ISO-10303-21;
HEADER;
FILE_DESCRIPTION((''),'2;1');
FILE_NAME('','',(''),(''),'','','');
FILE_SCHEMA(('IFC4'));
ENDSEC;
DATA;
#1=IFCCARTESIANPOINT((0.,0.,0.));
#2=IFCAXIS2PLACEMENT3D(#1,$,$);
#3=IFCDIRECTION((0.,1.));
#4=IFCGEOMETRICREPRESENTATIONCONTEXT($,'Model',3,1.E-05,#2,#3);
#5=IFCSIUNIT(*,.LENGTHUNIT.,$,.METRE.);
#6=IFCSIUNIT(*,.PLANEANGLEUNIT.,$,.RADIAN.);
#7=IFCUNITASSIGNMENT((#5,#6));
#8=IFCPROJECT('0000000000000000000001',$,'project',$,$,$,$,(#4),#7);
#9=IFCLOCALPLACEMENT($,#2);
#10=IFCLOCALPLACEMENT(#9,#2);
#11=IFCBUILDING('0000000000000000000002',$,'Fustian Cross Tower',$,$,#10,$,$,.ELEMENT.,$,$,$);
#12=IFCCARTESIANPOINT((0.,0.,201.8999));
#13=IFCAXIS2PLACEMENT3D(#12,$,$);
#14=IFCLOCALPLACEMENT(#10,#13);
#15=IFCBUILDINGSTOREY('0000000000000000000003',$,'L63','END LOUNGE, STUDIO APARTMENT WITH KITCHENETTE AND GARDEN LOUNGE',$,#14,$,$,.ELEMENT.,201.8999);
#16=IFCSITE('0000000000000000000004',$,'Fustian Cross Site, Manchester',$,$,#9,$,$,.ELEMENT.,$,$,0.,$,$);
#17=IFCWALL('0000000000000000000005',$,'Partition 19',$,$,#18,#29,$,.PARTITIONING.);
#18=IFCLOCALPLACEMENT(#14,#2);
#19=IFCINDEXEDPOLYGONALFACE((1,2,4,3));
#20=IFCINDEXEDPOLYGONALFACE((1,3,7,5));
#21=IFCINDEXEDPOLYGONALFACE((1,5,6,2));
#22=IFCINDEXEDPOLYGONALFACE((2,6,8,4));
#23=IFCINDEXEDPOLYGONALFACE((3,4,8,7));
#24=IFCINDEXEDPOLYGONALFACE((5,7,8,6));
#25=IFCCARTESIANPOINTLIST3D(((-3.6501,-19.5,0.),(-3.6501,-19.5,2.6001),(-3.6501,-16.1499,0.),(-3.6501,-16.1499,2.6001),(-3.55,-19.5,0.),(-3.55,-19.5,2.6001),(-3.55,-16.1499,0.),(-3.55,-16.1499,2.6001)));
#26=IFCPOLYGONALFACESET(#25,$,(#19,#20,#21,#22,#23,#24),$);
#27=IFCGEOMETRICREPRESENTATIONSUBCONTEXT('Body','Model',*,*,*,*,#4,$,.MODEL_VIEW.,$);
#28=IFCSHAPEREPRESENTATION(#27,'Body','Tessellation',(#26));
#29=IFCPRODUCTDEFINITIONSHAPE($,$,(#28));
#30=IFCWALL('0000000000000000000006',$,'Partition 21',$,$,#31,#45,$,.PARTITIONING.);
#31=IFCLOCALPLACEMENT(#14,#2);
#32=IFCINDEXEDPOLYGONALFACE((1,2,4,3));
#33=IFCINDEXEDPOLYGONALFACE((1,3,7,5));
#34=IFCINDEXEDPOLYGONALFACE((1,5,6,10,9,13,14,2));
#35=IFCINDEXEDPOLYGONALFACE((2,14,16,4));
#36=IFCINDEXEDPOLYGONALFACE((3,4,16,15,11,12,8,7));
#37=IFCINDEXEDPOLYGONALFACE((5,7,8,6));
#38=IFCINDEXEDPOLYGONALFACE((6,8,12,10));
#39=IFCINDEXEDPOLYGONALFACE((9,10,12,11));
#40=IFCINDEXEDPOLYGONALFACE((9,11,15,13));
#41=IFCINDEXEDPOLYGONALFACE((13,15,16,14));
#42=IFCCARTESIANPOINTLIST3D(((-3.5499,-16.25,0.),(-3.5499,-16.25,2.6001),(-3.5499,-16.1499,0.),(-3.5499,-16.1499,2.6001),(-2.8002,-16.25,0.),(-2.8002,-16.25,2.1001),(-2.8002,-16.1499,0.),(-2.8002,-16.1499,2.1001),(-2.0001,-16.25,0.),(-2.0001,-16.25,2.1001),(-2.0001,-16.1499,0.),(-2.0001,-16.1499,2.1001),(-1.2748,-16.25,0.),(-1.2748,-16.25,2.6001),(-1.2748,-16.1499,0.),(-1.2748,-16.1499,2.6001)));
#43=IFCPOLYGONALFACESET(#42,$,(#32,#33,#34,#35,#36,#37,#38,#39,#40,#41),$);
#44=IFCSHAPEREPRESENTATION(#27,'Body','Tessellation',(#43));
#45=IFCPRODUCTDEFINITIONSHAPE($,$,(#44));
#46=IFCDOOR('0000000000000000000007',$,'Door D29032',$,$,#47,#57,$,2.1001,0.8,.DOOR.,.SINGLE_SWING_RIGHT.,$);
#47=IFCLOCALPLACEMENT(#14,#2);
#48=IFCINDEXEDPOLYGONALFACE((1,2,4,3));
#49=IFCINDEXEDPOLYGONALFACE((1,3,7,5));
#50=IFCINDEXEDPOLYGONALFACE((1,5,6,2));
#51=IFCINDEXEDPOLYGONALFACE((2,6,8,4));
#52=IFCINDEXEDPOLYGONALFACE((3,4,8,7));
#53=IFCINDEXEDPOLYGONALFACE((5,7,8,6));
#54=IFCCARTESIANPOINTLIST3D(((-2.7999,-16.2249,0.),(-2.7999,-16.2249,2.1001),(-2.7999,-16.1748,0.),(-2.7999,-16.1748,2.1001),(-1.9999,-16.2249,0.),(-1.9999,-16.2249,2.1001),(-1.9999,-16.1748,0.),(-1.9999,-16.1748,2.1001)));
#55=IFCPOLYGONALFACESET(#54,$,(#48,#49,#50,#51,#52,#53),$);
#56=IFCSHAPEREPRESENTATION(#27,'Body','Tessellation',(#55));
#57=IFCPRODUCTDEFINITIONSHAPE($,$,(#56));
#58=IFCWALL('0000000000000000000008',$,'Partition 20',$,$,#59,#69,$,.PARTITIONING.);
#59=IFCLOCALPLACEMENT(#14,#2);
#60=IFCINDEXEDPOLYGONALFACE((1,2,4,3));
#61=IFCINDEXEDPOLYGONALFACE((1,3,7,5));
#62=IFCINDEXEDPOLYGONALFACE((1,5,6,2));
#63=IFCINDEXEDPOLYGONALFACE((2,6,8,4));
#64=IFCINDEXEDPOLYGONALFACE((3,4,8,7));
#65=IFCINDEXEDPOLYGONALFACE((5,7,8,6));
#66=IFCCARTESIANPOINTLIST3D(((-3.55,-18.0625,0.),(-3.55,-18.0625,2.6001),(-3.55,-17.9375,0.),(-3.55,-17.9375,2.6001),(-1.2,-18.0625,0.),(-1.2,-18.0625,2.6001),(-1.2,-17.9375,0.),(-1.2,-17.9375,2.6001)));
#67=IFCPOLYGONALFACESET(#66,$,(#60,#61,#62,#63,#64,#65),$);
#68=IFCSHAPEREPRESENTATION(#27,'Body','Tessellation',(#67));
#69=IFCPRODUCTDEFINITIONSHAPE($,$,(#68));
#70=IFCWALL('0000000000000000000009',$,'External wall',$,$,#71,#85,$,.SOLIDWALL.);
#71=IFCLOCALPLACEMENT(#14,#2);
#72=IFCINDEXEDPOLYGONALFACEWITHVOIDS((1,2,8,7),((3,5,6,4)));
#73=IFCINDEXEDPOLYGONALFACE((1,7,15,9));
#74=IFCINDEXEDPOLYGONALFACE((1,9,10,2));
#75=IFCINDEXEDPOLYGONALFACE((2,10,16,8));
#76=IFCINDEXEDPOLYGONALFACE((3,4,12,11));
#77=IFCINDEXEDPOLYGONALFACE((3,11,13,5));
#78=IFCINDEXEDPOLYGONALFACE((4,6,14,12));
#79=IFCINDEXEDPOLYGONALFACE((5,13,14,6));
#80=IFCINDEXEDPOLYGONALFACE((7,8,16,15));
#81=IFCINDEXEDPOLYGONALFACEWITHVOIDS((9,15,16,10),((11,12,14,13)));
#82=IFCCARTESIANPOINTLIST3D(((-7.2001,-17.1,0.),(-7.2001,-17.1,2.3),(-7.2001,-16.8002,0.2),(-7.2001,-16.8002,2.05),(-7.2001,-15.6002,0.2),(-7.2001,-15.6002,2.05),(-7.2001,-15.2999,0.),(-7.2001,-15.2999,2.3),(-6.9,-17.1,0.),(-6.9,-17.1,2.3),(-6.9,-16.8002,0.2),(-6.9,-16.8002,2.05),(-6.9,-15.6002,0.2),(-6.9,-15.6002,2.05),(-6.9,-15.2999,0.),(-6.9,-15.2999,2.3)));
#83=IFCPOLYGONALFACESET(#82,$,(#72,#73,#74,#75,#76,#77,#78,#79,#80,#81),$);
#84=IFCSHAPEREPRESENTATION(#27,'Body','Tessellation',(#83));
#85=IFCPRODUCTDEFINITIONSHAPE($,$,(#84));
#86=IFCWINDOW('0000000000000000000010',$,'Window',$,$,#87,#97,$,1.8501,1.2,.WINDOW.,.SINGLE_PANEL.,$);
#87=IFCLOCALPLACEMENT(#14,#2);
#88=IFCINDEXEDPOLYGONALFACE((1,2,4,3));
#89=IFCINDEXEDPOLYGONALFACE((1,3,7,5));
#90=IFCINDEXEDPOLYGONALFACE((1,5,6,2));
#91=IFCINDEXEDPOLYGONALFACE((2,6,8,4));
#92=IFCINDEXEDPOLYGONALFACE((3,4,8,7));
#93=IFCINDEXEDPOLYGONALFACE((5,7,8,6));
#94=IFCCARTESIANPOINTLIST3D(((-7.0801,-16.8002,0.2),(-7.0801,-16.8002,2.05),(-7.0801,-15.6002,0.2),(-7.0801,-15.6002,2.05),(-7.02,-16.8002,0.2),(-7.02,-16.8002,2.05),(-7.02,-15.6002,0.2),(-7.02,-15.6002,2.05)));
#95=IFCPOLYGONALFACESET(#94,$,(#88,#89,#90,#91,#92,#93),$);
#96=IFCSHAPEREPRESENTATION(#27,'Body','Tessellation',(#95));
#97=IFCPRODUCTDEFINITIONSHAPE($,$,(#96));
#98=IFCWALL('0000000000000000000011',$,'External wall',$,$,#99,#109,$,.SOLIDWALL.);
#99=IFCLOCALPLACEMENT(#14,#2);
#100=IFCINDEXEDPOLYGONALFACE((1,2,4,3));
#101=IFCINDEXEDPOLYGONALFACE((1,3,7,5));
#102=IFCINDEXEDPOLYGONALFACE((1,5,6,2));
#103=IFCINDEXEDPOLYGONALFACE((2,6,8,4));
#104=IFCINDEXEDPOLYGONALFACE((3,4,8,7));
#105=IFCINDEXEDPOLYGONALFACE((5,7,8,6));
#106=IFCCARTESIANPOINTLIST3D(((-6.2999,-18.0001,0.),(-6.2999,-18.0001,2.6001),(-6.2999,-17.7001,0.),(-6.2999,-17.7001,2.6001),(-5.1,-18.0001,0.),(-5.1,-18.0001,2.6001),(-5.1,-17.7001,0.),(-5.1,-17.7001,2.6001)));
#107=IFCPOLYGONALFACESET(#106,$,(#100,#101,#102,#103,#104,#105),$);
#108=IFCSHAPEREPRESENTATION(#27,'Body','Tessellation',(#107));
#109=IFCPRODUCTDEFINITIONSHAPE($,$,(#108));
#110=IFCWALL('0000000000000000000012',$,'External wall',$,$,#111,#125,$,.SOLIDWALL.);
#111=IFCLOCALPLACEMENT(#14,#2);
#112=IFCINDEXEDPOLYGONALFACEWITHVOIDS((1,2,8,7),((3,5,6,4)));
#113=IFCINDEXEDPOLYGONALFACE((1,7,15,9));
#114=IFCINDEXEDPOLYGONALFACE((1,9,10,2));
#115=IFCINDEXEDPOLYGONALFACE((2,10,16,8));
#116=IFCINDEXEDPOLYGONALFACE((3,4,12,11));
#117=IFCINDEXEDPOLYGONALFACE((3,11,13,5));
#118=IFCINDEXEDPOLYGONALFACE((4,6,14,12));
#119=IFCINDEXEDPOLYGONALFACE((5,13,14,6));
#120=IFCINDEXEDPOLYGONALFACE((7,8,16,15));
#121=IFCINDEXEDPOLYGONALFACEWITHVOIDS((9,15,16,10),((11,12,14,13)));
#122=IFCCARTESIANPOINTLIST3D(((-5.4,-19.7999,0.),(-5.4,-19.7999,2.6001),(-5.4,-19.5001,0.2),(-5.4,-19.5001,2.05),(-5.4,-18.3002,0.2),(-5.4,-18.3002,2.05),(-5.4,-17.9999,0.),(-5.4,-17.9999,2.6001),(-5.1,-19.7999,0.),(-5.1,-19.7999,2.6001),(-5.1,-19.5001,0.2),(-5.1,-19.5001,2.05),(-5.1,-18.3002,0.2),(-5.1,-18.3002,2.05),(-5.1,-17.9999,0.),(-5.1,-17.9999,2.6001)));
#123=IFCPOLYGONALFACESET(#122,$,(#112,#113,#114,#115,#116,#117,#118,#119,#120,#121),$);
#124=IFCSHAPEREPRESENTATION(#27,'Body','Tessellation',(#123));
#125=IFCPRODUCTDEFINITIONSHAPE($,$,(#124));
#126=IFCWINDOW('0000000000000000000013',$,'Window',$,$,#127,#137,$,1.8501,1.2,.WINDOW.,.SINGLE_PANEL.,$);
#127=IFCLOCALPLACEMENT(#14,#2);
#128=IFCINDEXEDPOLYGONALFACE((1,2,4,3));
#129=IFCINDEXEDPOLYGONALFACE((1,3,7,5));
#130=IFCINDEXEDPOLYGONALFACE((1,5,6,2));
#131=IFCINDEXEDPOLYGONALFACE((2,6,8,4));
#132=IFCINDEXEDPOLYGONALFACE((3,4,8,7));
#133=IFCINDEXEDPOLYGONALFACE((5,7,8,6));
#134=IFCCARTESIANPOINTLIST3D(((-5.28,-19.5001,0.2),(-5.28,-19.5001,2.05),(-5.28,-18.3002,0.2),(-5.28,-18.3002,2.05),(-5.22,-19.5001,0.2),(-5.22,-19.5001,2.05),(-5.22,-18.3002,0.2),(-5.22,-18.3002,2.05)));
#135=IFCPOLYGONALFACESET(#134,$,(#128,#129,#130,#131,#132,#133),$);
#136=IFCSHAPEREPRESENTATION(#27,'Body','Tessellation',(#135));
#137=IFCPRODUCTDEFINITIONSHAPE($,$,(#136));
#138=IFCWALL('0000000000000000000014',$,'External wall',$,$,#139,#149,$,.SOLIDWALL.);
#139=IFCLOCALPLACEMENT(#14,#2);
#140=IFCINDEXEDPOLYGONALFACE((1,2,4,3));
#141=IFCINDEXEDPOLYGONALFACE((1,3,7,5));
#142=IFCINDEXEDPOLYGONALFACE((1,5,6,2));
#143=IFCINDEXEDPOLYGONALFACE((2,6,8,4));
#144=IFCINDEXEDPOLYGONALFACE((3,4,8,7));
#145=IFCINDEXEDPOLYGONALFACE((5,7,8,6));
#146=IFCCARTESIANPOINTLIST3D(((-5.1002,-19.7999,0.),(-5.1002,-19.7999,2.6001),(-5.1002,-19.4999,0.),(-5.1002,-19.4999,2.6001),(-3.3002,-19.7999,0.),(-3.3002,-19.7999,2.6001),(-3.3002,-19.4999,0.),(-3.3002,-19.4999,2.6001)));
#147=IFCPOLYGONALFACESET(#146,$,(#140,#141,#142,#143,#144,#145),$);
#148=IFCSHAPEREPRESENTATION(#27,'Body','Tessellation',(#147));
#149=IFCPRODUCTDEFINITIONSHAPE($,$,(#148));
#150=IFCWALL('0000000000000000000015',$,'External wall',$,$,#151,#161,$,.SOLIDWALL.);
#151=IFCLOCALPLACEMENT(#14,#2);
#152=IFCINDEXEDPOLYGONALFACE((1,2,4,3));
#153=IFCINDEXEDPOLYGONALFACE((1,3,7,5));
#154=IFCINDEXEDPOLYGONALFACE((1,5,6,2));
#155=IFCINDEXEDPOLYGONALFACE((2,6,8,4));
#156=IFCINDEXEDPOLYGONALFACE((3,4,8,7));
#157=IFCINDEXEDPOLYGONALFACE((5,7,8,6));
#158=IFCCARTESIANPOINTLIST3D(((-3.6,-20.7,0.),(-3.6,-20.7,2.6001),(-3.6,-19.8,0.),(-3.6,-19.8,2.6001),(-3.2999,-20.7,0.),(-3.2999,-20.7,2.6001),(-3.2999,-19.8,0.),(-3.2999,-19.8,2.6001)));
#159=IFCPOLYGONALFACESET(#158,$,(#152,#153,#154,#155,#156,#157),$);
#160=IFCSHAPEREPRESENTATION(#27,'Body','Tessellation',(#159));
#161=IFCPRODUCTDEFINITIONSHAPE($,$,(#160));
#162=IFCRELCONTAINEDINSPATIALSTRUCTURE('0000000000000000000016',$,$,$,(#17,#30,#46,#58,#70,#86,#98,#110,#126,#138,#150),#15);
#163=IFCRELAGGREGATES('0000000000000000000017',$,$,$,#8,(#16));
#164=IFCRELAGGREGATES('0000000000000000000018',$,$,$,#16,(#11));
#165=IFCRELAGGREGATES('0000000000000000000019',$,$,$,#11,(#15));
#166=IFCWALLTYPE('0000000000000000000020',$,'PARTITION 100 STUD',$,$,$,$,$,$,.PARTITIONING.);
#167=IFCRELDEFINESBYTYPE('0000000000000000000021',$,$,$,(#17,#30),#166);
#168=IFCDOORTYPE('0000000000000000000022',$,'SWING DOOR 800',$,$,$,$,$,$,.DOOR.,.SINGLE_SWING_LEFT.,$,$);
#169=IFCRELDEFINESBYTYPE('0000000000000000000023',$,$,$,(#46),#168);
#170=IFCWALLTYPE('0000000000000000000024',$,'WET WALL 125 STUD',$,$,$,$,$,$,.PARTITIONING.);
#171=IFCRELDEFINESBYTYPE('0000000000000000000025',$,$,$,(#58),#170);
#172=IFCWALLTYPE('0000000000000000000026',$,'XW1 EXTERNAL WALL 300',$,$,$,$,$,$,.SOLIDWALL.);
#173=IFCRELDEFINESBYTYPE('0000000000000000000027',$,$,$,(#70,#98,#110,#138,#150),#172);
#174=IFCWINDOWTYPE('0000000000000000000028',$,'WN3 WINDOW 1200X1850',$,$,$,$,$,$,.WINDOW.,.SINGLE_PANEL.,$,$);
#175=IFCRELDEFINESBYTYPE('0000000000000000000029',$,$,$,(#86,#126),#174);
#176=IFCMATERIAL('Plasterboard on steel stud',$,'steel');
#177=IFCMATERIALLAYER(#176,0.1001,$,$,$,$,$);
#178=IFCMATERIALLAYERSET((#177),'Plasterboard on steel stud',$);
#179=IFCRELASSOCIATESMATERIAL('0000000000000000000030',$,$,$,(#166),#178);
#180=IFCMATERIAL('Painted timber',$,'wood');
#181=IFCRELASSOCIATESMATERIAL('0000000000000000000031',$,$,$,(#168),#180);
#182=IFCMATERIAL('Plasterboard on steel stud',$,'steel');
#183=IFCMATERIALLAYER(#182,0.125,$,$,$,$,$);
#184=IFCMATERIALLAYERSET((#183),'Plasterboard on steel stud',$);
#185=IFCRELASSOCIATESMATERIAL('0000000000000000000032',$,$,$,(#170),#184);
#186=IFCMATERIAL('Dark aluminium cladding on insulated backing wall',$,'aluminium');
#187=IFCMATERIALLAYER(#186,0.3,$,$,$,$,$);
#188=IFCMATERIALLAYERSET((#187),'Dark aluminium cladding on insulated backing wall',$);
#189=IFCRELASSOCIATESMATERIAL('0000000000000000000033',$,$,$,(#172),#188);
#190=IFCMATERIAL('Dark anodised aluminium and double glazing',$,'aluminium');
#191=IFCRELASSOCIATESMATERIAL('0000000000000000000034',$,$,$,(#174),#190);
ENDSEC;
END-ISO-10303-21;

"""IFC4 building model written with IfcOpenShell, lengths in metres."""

from ifc_helpers import new_model, si_unit, direction, frame, frame_2d, origin, place, context, subcontext, project, spatial, rectangle, extrude, material, layer, layer_set, type_object, element, fill, save


model = new_model("IFC4")

# Units and contexts
model_context = context("Model", 3, precision=1e-05, world=origin(), true_north=direction((0.0, 1.0)))
body_context = subcontext(model_context, "Body", "Model", "MODEL_VIEW")
ifc_project = project(units=[si_unit("LENGTHUNIT", "METRE"), si_unit("PLANEANGLEUNIT", "RADIAN")], contexts=[model_context])

# Site, building, storey
site_placement = place(None, origin())
site = spatial("IfcSite", under=ifc_project, at=site_placement, Name="Fustian Cross Site, Manchester", CompositionType="ELEMENT", RefElevation=0.0)
building_placement = place(site_placement, origin())
building = spatial("IfcBuilding", under=site, at=building_placement, Name="Fustian Cross Tower", CompositionType="ELEMENT")
storey_placement = place(building_placement, frame((0.0, 0.0, 201.8999)))
storey = spatial("IfcBuildingStorey", under=building, at=storey_placement, Name="L63", Description="END LOUNGE, STUDIO APARTMENT WITH KITCHENETTE AND GARDEN LOUNGE", CompositionType="ELEMENT", Elevation=201.8999)

# Wall
ifc_material_1 = material(Name="Plasterboard on steel stud", Category="steel")
ifc_layer_1 = layer(ifc_material_1, 0.1001)
ifc_layer_set_1 = layer_set([ifc_layer_1], Name="Plasterboard on steel stud")
wall_type_1 = type_object("IfcWallType", Name="PARTITION 100 STUD", PredefinedType="PARTITIONING", material=ifc_layer_set_1)
wall_1_placement = place(storey_placement, frame((-3.6001, -19.5, 0.0), z_axis=(0.0, 0.0, 1.0), x_axis=(0.0, 1.0, 0.0)))
element("IfcWall", 1, at=wall_1_placement, inside=storey, type_object=wall_type_1, Name="Partition 19", PredefinedType="PARTITIONING", context=body_context, shape_type="SweptSolid", body=[
    extrude(rectangle(XDim=3.3501, YDim=0.1001, at=frame_2d((1.675, 0.0))), origin(), (0.0, 0.0, 1.0), 2.6001),
])

# Wall, opening, door
wall_2_placement = place(storey_placement, frame((-3.55, -16.2, 0.0), z_axis=(0.0, 0.0, 1.0), x_axis=(1.0, 0.0, 0.0)))
wall_2 = element("IfcWall", 2, at=wall_2_placement, inside=storey, type_object=wall_type_1, Name="Partition 21", PredefinedType="PARTITIONING", context=body_context, shape_type="SweptSolid", body=[
    extrude(rectangle(XDim=2.2751, YDim=0.1001, at=frame_2d((1.1377, 0.0))), origin(), (0.0, 0.0, 1.0), 2.6001),
])
opening_1_placement = place(wall_2_placement, frame((0.75, 0.0, 0.0)))
opening_1 = element("IfcOpeningElement", 3, at=opening_1_placement, cuts=wall_2, PredefinedType="OPENING", context=body_context, shape_type="SweptSolid", body=[
    extrude(rectangle(XDim=0.8, YDim=2.1001, at=frame_2d((0.3999, 1.05))), frame((0.0, 0.0601, 0.0), z_axis=(0.0, -1.0, 0.0), x_axis=(1.0, 0.0, 0.0)), (0.0, 0.0, 1.0), 0.1201),
])
ifc_material_2 = material(Name="Painted timber", Category="wood")
door_type_1 = type_object("IfcDoorType", Name="SWING DOOR 800", OperationType="SINGLE_SWING_LEFT", PredefinedType="DOOR", material=ifc_material_2)
door_1_placement = place(opening_1_placement, frame((0.8, 0.0, 0.0), z_axis=(0.0, 0.0, 1.0), x_axis=(-1.0, 0.0, 0.0)))
door_1 = element("IfcDoor", 4, at=door_1_placement, inside=storey, type_object=door_type_1, Name="Door D29032", OperationType="SINGLE_SWING_RIGHT", OverallHeight=2.1001, OverallWidth=0.8, PredefinedType="DOOR", context=body_context, shape_type="SweptSolid", body=[
    extrude(rectangle(XDim=0.8, YDim=2.1001, at=frame_2d((0.3999, 1.05))), frame((0.0, 0.0249, 0.0), z_axis=(0.0, -1.0, 0.0), x_axis=(1.0, 0.0, 0.0)), (0.0, 0.0, 1.0), 0.05),
])
fill(opening_1, door_1)

# Wall
ifc_material_3 = material(Name="Plasterboard on steel stud", Category="steel")
ifc_layer_2 = layer(ifc_material_3, 0.125)
ifc_layer_set_2 = layer_set([ifc_layer_2], Name="Plasterboard on steel stud")
wall_type_2 = type_object("IfcWallType", Name="WET WALL 125 STUD", PredefinedType="PARTITIONING", material=ifc_layer_set_2)
wall_3_placement = place(storey_placement, frame((-3.55, -18.0, 0.0), z_axis=(0.0, 0.0, 1.0), x_axis=(1.0, 0.0, 0.0)))
element("IfcWall", 5, at=wall_3_placement, inside=storey, type_object=wall_type_2, Name="Partition 20", PredefinedType="PARTITIONING", context=body_context, shape_type="SweptSolid", body=[
    extrude(rectangle(XDim=2.3501, YDim=0.125, at=frame_2d((1.175, 0.0))), origin(), (0.0, 0.0, 1.0), 2.6001),
])

# Wall, opening, window
ifc_material_4 = material(Name="Dark aluminium cladding on insulated backing wall", Category="aluminium")
ifc_layer_3 = layer(ifc_material_4, 0.3)
ifc_layer_set_3 = layer_set([ifc_layer_3], Name="Dark aluminium cladding on insulated backing wall")
wall_type_3 = type_object("IfcWallType", Name="XW1 EXTERNAL WALL 300", PredefinedType="SOLIDWALL", material=ifc_layer_set_3)
wall_4_placement = place(storey_placement, frame((-7.05, -15.3, 0.0), z_axis=(0.0, 0.0, 1.0), x_axis=(0.0, -1.0, 0.0)))
wall_4 = element("IfcWall", 6, at=wall_4_placement, inside=storey, type_object=wall_type_3, Name="External wall", PredefinedType="SOLIDWALL", context=body_context, shape_type="SweptSolid", body=[
    extrude(rectangle(XDim=1.8, YDim=0.3, at=frame_2d((0.8999, 0.0))), origin(), (0.0, 0.0, 1.0), 2.3),
])
opening_2_placement = place(wall_4_placement, frame((0.3, 0.0, 0.2)))
opening_2 = element("IfcOpeningElement", 7, at=opening_2_placement, cuts=wall_4, PredefinedType="OPENING", context=body_context, shape_type="SweptSolid", body=[
    extrude(rectangle(XDim=1.2, YDim=1.8501, at=frame_2d((0.6001, 0.925))), frame((0.0, 0.1599, 0.0), z_axis=(0.0, -1.0, 0.0), x_axis=(1.0, 0.0, 0.0)), (0.0, 0.0, 1.0), 0.3201),
])
ifc_material_5 = material(Name="Dark anodised aluminium and double glazing", Category="aluminium")
window_type_1 = type_object("IfcWindowType", Name="WN3 WINDOW 1200X1850", PartitioningType="SINGLE_PANEL", PredefinedType="WINDOW", material=ifc_material_5)
window_1_placement = place(opening_2_placement, origin())
window_1 = element("IfcWindow", 8, at=window_1_placement, inside=storey, type_object=window_type_1, Name="Window", OverallHeight=1.8501, OverallWidth=1.2, PartitioningType="SINGLE_PANEL", PredefinedType="WINDOW", context=body_context, shape_type="SweptSolid", body=[
    extrude(rectangle(XDim=1.2, YDim=1.8501, at=frame_2d((0.6001, 0.925))), frame((0.0, 0.03, 0.0), z_axis=(0.0, -1.0, 0.0), x_axis=(1.0, 0.0, 0.0)), (0.0, 0.0, 1.0), 0.0601),
])
fill(opening_2, window_1)

# Wall
wall_5_placement = place(storey_placement, frame((-6.3, -17.8501, 0.0), z_axis=(0.0, 0.0, 1.0), x_axis=(1.0, 0.0, 0.0)))
element("IfcWall", 9, at=wall_5_placement, inside=storey, type_object=wall_type_3, Name="External wall", PredefinedType="SOLIDWALL", context=body_context, shape_type="SweptSolid", body=[
    extrude(rectangle(XDim=1.2, YDim=0.3, at=frame_2d((0.6001, 0.0))), origin(), (0.0, 0.0, 1.0), 2.6001),
])

# Wall, opening, window
wall_6_placement = place(storey_placement, frame((-5.25, -18.0, 0.0), z_axis=(0.0, 0.0, 1.0), x_axis=(0.0, -1.0, 0.0)))
wall_6 = element("IfcWall", 10, at=wall_6_placement, inside=storey, type_object=wall_type_3, Name="External wall", PredefinedType="SOLIDWALL", context=body_context, shape_type="SweptSolid", body=[
    extrude(rectangle(XDim=1.8, YDim=0.3, at=frame_2d((0.8999, 0.0))), origin(), (0.0, 0.0, 1.0), 2.6001),
])
opening_3_placement = place(wall_6_placement, frame((0.3, 0.0, 0.2)))
opening_3 = element("IfcOpeningElement", 11, at=opening_3_placement, cuts=wall_6, PredefinedType="OPENING", context=body_context, shape_type="SweptSolid", body=[
    extrude(rectangle(XDim=1.2, YDim=1.8501, at=frame_2d((0.6001, 0.925))), frame((0.0, 0.1599, 0.0), z_axis=(0.0, -1.0, 0.0), x_axis=(1.0, 0.0, 0.0)), (0.0, 0.0, 1.0), 0.3201),
])
window_2_placement = place(opening_3_placement, origin())
window_2 = element("IfcWindow", 12, at=window_2_placement, inside=storey, type_object=window_type_1, Name="Window", OverallHeight=1.8501, OverallWidth=1.2, PartitioningType="SINGLE_PANEL", PredefinedType="WINDOW", context=body_context, shape_type="SweptSolid", body=[
    extrude(rectangle(XDim=1.2, YDim=1.8501, at=frame_2d((0.6001, 0.925))), frame((0.0, 0.03, 0.0), z_axis=(0.0, -1.0, 0.0), x_axis=(1.0, 0.0, 0.0)), (0.0, 0.0, 1.0), 0.0601),
])
fill(opening_3, window_2)

# Walls
wall_7_placement = place(storey_placement, frame((-5.1001, -19.6499, 0.0), z_axis=(0.0, 0.0, 1.0), x_axis=(1.0, 0.0, 0.0)))
element("IfcWall", 13, at=wall_7_placement, inside=storey, type_object=wall_type_3, Name="External wall", PredefinedType="SOLIDWALL", context=body_context, shape_type="SweptSolid", body=[
    extrude(rectangle(XDim=1.8, YDim=0.3, at=frame_2d((0.8999, 0.0))), origin(), (0.0, 0.0, 1.0), 2.6001),
])
wall_8_placement = place(storey_placement, frame((-3.45, -19.8, 0.0), z_axis=(0.0, 0.0, 1.0), x_axis=(0.0, -1.0, 0.0)))
element("IfcWall", 14, at=wall_8_placement, inside=storey, type_object=wall_type_3, Name="External wall", PredefinedType="SOLIDWALL", context=body_context, shape_type="SweptSolid", body=[
    extrude(rectangle(XDim=0.8999, YDim=0.3, at=frame_2d((0.45, 0.0))), origin(), (0.0, 0.0, 1.0), 2.6001),
])

save(model, "model.ifc")
